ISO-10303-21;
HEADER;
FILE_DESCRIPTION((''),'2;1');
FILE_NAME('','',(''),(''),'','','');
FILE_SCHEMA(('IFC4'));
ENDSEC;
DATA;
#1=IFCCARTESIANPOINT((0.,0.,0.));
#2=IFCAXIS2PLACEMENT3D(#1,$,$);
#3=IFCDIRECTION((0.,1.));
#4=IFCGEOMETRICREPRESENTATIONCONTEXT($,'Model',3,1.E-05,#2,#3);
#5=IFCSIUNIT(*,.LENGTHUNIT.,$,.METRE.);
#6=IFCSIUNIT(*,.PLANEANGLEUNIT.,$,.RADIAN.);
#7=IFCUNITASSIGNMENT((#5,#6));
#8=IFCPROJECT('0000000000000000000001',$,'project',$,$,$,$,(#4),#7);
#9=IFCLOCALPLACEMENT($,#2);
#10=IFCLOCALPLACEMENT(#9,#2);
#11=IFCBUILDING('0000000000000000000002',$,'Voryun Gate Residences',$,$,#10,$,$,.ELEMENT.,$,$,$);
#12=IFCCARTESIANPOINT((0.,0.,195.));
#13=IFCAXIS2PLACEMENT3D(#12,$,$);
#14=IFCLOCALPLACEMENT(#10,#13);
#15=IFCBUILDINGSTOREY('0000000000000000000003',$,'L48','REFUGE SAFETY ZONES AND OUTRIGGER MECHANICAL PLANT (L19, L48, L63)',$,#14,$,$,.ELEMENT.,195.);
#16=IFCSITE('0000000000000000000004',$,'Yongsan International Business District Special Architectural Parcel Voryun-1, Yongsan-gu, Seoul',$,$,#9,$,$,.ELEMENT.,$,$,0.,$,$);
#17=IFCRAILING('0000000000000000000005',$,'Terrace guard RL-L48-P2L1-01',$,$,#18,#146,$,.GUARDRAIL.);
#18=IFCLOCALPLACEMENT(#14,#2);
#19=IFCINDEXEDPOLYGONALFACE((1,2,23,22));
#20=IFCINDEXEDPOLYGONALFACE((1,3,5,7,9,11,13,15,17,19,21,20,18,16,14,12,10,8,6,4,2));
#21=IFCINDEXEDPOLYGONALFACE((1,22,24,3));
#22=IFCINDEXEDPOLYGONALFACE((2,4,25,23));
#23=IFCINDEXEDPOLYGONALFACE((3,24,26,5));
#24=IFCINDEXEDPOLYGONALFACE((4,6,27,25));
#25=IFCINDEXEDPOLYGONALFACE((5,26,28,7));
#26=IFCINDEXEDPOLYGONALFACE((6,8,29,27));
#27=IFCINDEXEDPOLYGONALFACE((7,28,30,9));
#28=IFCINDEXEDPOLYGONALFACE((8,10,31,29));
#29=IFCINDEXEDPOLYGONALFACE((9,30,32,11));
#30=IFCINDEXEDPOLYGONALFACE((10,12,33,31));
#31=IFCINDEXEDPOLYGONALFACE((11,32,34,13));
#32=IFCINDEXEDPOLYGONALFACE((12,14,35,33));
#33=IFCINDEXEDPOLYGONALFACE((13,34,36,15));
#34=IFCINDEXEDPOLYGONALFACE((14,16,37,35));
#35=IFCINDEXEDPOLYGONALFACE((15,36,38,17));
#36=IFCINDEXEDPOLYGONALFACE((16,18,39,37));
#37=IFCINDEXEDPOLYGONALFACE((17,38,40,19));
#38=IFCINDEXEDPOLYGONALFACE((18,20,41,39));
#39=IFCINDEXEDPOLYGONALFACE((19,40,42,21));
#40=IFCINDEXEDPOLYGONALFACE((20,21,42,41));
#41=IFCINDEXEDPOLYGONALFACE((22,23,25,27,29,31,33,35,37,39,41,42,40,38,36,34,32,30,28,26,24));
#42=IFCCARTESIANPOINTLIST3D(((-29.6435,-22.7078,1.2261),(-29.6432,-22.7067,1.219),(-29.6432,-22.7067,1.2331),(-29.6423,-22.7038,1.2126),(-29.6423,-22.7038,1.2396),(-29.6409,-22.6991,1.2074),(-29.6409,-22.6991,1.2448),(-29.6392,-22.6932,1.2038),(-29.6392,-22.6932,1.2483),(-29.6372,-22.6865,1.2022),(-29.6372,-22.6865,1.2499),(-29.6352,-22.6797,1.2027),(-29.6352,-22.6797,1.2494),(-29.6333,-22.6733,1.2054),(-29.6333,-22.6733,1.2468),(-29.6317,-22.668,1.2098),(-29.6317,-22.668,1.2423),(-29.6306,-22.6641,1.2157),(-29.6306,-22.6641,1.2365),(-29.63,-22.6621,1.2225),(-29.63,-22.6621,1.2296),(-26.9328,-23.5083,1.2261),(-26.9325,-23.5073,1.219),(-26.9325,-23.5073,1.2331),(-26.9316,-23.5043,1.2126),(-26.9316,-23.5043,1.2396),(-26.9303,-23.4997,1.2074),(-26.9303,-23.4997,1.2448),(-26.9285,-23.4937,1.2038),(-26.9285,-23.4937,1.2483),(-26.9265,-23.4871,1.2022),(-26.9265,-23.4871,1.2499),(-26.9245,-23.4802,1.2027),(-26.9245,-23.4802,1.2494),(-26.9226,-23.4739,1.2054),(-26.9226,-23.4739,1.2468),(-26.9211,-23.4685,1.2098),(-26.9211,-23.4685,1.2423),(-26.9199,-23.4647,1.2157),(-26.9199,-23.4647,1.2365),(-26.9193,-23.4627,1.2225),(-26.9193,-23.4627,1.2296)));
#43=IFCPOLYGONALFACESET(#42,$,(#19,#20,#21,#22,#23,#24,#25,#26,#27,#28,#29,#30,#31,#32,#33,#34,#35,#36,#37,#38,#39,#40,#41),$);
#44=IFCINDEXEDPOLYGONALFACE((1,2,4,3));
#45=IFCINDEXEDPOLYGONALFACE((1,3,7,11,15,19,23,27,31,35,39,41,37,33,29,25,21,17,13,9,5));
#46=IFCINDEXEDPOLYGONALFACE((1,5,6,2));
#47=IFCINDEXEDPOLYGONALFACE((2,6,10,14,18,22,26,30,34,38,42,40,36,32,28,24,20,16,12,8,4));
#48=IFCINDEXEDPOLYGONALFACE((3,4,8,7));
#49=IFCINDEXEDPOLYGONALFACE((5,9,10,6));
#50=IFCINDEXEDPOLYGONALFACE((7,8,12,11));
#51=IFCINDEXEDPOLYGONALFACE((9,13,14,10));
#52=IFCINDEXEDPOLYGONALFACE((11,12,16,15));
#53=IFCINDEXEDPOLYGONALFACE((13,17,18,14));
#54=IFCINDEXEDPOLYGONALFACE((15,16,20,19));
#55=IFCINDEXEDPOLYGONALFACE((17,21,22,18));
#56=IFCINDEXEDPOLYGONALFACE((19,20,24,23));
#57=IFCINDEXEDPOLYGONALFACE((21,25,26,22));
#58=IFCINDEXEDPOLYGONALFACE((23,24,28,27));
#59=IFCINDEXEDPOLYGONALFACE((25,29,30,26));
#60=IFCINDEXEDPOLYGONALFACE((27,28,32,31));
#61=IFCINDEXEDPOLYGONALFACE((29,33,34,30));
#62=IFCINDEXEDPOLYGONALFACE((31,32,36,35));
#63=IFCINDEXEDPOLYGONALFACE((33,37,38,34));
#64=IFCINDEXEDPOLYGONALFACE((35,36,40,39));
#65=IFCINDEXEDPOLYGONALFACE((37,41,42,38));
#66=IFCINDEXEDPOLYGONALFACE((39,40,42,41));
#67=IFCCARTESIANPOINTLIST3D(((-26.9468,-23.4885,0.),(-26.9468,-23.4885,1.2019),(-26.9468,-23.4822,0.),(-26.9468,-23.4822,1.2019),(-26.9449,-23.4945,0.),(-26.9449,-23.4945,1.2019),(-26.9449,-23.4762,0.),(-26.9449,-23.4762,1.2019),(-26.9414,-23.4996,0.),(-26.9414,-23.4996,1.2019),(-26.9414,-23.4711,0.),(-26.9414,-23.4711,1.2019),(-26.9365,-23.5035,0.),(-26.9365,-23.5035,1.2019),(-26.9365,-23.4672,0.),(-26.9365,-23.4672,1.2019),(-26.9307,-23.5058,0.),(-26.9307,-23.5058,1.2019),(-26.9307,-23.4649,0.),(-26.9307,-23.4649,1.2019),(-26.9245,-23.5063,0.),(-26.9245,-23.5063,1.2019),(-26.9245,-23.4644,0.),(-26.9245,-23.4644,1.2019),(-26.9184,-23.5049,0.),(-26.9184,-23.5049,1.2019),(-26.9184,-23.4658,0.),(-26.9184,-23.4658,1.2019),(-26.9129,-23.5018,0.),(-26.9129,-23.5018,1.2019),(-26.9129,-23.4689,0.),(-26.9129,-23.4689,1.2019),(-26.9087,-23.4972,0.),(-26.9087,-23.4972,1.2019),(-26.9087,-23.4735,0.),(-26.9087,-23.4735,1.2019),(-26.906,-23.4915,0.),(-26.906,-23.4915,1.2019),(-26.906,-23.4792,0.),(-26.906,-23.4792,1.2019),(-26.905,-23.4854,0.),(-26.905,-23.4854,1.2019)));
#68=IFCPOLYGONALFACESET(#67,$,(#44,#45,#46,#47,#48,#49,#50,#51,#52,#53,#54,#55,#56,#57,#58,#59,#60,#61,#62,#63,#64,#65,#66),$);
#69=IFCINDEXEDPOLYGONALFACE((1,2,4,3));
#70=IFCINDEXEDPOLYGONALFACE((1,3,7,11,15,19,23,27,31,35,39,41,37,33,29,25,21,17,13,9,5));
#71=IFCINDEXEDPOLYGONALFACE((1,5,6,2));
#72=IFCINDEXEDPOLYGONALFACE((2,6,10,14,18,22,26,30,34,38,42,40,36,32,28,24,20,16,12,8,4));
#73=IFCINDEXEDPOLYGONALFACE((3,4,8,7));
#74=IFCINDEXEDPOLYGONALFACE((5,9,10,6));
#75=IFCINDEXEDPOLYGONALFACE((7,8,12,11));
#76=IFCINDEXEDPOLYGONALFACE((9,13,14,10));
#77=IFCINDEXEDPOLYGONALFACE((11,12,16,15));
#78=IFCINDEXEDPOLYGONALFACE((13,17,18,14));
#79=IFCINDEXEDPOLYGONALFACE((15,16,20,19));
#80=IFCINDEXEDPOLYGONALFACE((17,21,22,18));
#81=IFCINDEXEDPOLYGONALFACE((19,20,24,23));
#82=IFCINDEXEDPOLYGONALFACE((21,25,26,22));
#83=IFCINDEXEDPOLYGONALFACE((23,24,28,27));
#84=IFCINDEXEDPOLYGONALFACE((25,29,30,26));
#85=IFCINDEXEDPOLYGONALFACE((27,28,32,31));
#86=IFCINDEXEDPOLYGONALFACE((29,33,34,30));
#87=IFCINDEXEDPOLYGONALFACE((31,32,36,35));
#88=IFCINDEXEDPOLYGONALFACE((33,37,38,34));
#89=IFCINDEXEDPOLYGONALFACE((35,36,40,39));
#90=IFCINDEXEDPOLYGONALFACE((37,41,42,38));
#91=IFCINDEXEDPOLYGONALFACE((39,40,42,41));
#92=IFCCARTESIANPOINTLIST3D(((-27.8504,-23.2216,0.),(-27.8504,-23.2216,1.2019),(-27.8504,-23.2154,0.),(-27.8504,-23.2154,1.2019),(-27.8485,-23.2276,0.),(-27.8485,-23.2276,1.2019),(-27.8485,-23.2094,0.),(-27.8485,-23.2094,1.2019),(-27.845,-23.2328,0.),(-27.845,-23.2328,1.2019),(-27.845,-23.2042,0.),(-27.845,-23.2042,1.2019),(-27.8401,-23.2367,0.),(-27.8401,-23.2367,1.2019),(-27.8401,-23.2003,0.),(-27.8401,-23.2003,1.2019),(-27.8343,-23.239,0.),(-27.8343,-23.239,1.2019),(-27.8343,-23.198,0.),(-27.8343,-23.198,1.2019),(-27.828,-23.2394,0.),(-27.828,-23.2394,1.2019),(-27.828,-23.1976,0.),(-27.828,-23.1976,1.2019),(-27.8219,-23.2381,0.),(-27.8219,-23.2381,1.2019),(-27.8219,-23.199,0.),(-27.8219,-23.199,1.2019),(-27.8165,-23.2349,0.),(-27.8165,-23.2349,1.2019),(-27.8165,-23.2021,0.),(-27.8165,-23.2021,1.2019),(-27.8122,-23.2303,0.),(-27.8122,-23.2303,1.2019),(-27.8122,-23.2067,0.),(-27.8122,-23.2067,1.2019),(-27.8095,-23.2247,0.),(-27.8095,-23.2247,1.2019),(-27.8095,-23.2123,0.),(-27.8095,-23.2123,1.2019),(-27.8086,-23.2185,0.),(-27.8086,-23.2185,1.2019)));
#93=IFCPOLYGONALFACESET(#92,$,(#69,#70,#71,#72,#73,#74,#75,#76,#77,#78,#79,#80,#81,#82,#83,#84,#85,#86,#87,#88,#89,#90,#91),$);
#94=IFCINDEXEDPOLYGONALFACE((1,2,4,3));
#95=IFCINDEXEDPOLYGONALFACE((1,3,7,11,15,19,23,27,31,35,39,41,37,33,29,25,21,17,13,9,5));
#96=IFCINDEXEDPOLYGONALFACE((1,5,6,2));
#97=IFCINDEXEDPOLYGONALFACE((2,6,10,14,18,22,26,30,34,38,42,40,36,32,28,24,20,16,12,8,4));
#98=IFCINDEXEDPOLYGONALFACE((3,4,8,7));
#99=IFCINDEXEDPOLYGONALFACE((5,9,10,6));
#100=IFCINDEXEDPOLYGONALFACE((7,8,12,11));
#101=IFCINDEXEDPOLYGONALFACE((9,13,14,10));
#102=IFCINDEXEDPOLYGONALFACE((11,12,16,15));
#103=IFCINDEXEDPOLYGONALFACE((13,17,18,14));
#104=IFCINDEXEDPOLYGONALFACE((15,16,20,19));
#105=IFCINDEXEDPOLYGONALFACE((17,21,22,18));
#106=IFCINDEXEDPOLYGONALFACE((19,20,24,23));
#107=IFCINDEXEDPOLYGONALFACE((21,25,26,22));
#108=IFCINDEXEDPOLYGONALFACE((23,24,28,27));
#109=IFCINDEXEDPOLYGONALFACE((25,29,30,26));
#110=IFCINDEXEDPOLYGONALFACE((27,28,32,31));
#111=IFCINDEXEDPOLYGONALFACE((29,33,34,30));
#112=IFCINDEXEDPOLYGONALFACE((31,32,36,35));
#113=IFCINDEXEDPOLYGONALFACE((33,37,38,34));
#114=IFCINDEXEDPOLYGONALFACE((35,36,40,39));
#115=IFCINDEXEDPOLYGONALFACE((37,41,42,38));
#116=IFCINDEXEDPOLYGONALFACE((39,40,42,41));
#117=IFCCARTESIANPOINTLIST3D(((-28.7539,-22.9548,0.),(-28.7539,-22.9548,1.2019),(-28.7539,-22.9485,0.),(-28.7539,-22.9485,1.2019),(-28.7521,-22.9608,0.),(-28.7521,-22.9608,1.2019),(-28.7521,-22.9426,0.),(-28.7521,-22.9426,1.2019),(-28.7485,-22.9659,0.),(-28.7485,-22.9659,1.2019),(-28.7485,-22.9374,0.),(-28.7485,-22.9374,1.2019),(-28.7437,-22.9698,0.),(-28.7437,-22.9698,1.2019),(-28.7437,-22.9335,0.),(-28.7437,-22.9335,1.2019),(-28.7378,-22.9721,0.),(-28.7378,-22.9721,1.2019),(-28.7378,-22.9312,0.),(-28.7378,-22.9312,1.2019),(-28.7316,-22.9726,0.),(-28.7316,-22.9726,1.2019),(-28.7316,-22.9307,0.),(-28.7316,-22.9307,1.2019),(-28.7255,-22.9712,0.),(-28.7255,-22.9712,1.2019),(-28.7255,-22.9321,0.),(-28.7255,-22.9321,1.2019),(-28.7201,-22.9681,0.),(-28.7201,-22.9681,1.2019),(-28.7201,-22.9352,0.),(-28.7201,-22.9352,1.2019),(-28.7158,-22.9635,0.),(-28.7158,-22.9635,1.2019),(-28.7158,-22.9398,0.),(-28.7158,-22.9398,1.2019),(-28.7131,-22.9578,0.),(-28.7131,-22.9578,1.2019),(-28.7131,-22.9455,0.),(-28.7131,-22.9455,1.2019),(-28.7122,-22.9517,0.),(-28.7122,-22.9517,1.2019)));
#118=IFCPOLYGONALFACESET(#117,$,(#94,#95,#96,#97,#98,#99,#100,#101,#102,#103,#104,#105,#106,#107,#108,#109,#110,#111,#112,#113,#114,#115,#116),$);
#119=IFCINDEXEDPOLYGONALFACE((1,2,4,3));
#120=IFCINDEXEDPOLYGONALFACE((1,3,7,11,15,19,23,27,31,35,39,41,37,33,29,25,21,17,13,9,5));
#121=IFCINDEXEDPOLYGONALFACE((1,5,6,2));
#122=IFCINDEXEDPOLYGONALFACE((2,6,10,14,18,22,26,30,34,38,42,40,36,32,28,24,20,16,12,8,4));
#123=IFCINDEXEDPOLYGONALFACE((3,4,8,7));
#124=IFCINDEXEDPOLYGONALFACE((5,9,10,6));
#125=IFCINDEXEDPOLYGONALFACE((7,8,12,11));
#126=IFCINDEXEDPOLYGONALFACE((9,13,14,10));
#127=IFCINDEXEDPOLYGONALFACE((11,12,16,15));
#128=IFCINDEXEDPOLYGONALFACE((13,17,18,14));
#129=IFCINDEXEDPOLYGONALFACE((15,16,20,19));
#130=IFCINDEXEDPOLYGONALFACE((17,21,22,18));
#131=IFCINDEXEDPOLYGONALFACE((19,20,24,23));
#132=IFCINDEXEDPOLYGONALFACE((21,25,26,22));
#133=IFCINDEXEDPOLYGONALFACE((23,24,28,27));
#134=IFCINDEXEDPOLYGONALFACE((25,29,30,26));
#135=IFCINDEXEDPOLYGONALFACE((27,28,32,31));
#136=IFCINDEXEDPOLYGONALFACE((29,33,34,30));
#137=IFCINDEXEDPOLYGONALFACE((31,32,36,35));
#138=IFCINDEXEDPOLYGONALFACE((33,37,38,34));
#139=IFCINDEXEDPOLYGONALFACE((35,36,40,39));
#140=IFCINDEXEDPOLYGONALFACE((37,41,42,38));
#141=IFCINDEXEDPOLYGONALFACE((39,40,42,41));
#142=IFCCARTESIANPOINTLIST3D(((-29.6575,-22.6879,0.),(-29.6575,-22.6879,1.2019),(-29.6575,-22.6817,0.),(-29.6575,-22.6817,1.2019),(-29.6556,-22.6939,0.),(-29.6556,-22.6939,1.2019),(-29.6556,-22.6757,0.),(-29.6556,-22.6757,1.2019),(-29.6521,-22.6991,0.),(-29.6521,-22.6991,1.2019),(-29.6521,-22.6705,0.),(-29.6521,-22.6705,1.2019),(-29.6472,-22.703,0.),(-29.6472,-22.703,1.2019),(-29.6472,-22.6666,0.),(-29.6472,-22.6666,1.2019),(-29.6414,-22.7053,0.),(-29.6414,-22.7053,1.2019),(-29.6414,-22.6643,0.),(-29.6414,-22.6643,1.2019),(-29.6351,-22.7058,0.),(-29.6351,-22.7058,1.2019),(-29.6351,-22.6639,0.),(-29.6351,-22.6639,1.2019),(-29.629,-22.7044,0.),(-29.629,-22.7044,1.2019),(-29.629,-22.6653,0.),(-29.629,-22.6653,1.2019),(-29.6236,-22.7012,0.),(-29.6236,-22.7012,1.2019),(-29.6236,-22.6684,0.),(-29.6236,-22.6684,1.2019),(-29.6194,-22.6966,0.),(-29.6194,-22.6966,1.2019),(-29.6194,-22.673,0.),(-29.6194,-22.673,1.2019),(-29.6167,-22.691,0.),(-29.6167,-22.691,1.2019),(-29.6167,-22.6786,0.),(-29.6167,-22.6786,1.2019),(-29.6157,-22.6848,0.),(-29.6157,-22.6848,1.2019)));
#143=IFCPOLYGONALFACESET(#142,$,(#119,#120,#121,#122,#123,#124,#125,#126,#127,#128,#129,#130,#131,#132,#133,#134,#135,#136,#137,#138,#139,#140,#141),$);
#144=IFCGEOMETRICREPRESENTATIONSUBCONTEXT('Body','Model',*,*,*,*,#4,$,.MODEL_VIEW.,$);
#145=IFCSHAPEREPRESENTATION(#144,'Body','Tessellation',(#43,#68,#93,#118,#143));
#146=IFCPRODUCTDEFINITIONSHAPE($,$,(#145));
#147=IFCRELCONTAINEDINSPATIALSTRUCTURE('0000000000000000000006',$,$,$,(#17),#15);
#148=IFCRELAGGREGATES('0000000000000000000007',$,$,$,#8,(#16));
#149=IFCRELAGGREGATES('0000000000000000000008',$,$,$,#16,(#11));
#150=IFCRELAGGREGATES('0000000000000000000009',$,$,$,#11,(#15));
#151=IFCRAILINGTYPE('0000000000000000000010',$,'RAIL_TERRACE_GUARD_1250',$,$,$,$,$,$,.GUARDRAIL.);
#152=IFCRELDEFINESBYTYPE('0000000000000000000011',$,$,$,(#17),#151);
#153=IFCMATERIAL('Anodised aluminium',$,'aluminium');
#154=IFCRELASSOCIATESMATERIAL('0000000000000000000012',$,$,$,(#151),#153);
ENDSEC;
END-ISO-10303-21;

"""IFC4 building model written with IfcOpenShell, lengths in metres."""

from ifc_helpers import new_model, si_unit, direction, frame, origin, origin_2d, place, context, subcontext, project, spatial, circle, extrude, material, type_object, element, save


model = new_model("IFC4")

# Units and contexts
model_context = context("Model", 3, precision=1e-05, world=origin(), true_north=direction((0.0, 1.0)))
body_context = subcontext(model_context, "Body", "Model", "MODEL_VIEW")
ifc_project = project(units=[si_unit("LENGTHUNIT", "METRE"), si_unit("PLANEANGLEUNIT", "RADIAN")], contexts=[model_context])

# Site, building, storey
site_placement = place(None, origin())
site = spatial("IfcSite", under=ifc_project, at=site_placement, Name="Yongsan International Business District Special Architectural Parcel Voryun-1, Yongsan-gu, Seoul", CompositionType="ELEMENT", RefElevation=0.0)
building_placement = place(site_placement, origin())
building = spatial("IfcBuilding", under=site, at=building_placement, Name="Voryun Gate Residences", CompositionType="ELEMENT")
storey_placement = place(building_placement, frame((0.0, 0.0, 195.0)))
storey = spatial("IfcBuildingStorey", under=building, at=storey_placement, Name="L48", Description="REFUGE SAFETY ZONES AND OUTRIGGER MECHANICAL PLANT (L19, L48, L63)", CompositionType="ELEMENT", Elevation=195.0)

# Railing
ifc_material_1 = material(Name="Anodised aluminium", Category="aluminium")
railing_type = type_object("IfcRailingType", Name="RAIL_TERRACE_GUARD_1250", PredefinedType="GUARDRAIL", material=ifc_material_1)
railing_1_placement = place(storey_placement, frame((-26.926, -23.4854, 0.0)))
element("IfcRailing", 1, at=railing_1_placement, inside=storey, type_object=railing_type, Name="Terrace guard RL-L48-P2L1-01", PredefinedType="GUARDRAIL", context=body_context, shape_type="SweptSolid", body=[
    extrude(circle(Radius=0.0239, at=origin_2d()), frame((0.0, 0.0, 1.2261), z_axis=(-0.959051, 0.283232, 0.0), x_axis=(-0.283232, -0.959051, 0.0)), (0.0, 0.0, 1.0), 2.8264),
    extrude(circle(Radius=0.021, at=origin_2d()), origin(), (0.0, 0.0, 1.0), 1.2019),
    extrude(circle(Radius=0.021, at=origin_2d()), frame((-0.9036, 0.2668, 0.0)), (0.0, 0.0, 1.0), 1.2019),
    extrude(circle(Radius=0.021, at=origin_2d()), frame((-1.8071, 0.5337, 0.0)), (0.0, 0.0, 1.0), 1.2019),
    extrude(circle(Radius=0.021, at=origin_2d()), frame((-2.7107, 0.8005, 0.0)), (0.0, 0.0, 1.0), 1.2019),
])

save(model, "model.ifc")
